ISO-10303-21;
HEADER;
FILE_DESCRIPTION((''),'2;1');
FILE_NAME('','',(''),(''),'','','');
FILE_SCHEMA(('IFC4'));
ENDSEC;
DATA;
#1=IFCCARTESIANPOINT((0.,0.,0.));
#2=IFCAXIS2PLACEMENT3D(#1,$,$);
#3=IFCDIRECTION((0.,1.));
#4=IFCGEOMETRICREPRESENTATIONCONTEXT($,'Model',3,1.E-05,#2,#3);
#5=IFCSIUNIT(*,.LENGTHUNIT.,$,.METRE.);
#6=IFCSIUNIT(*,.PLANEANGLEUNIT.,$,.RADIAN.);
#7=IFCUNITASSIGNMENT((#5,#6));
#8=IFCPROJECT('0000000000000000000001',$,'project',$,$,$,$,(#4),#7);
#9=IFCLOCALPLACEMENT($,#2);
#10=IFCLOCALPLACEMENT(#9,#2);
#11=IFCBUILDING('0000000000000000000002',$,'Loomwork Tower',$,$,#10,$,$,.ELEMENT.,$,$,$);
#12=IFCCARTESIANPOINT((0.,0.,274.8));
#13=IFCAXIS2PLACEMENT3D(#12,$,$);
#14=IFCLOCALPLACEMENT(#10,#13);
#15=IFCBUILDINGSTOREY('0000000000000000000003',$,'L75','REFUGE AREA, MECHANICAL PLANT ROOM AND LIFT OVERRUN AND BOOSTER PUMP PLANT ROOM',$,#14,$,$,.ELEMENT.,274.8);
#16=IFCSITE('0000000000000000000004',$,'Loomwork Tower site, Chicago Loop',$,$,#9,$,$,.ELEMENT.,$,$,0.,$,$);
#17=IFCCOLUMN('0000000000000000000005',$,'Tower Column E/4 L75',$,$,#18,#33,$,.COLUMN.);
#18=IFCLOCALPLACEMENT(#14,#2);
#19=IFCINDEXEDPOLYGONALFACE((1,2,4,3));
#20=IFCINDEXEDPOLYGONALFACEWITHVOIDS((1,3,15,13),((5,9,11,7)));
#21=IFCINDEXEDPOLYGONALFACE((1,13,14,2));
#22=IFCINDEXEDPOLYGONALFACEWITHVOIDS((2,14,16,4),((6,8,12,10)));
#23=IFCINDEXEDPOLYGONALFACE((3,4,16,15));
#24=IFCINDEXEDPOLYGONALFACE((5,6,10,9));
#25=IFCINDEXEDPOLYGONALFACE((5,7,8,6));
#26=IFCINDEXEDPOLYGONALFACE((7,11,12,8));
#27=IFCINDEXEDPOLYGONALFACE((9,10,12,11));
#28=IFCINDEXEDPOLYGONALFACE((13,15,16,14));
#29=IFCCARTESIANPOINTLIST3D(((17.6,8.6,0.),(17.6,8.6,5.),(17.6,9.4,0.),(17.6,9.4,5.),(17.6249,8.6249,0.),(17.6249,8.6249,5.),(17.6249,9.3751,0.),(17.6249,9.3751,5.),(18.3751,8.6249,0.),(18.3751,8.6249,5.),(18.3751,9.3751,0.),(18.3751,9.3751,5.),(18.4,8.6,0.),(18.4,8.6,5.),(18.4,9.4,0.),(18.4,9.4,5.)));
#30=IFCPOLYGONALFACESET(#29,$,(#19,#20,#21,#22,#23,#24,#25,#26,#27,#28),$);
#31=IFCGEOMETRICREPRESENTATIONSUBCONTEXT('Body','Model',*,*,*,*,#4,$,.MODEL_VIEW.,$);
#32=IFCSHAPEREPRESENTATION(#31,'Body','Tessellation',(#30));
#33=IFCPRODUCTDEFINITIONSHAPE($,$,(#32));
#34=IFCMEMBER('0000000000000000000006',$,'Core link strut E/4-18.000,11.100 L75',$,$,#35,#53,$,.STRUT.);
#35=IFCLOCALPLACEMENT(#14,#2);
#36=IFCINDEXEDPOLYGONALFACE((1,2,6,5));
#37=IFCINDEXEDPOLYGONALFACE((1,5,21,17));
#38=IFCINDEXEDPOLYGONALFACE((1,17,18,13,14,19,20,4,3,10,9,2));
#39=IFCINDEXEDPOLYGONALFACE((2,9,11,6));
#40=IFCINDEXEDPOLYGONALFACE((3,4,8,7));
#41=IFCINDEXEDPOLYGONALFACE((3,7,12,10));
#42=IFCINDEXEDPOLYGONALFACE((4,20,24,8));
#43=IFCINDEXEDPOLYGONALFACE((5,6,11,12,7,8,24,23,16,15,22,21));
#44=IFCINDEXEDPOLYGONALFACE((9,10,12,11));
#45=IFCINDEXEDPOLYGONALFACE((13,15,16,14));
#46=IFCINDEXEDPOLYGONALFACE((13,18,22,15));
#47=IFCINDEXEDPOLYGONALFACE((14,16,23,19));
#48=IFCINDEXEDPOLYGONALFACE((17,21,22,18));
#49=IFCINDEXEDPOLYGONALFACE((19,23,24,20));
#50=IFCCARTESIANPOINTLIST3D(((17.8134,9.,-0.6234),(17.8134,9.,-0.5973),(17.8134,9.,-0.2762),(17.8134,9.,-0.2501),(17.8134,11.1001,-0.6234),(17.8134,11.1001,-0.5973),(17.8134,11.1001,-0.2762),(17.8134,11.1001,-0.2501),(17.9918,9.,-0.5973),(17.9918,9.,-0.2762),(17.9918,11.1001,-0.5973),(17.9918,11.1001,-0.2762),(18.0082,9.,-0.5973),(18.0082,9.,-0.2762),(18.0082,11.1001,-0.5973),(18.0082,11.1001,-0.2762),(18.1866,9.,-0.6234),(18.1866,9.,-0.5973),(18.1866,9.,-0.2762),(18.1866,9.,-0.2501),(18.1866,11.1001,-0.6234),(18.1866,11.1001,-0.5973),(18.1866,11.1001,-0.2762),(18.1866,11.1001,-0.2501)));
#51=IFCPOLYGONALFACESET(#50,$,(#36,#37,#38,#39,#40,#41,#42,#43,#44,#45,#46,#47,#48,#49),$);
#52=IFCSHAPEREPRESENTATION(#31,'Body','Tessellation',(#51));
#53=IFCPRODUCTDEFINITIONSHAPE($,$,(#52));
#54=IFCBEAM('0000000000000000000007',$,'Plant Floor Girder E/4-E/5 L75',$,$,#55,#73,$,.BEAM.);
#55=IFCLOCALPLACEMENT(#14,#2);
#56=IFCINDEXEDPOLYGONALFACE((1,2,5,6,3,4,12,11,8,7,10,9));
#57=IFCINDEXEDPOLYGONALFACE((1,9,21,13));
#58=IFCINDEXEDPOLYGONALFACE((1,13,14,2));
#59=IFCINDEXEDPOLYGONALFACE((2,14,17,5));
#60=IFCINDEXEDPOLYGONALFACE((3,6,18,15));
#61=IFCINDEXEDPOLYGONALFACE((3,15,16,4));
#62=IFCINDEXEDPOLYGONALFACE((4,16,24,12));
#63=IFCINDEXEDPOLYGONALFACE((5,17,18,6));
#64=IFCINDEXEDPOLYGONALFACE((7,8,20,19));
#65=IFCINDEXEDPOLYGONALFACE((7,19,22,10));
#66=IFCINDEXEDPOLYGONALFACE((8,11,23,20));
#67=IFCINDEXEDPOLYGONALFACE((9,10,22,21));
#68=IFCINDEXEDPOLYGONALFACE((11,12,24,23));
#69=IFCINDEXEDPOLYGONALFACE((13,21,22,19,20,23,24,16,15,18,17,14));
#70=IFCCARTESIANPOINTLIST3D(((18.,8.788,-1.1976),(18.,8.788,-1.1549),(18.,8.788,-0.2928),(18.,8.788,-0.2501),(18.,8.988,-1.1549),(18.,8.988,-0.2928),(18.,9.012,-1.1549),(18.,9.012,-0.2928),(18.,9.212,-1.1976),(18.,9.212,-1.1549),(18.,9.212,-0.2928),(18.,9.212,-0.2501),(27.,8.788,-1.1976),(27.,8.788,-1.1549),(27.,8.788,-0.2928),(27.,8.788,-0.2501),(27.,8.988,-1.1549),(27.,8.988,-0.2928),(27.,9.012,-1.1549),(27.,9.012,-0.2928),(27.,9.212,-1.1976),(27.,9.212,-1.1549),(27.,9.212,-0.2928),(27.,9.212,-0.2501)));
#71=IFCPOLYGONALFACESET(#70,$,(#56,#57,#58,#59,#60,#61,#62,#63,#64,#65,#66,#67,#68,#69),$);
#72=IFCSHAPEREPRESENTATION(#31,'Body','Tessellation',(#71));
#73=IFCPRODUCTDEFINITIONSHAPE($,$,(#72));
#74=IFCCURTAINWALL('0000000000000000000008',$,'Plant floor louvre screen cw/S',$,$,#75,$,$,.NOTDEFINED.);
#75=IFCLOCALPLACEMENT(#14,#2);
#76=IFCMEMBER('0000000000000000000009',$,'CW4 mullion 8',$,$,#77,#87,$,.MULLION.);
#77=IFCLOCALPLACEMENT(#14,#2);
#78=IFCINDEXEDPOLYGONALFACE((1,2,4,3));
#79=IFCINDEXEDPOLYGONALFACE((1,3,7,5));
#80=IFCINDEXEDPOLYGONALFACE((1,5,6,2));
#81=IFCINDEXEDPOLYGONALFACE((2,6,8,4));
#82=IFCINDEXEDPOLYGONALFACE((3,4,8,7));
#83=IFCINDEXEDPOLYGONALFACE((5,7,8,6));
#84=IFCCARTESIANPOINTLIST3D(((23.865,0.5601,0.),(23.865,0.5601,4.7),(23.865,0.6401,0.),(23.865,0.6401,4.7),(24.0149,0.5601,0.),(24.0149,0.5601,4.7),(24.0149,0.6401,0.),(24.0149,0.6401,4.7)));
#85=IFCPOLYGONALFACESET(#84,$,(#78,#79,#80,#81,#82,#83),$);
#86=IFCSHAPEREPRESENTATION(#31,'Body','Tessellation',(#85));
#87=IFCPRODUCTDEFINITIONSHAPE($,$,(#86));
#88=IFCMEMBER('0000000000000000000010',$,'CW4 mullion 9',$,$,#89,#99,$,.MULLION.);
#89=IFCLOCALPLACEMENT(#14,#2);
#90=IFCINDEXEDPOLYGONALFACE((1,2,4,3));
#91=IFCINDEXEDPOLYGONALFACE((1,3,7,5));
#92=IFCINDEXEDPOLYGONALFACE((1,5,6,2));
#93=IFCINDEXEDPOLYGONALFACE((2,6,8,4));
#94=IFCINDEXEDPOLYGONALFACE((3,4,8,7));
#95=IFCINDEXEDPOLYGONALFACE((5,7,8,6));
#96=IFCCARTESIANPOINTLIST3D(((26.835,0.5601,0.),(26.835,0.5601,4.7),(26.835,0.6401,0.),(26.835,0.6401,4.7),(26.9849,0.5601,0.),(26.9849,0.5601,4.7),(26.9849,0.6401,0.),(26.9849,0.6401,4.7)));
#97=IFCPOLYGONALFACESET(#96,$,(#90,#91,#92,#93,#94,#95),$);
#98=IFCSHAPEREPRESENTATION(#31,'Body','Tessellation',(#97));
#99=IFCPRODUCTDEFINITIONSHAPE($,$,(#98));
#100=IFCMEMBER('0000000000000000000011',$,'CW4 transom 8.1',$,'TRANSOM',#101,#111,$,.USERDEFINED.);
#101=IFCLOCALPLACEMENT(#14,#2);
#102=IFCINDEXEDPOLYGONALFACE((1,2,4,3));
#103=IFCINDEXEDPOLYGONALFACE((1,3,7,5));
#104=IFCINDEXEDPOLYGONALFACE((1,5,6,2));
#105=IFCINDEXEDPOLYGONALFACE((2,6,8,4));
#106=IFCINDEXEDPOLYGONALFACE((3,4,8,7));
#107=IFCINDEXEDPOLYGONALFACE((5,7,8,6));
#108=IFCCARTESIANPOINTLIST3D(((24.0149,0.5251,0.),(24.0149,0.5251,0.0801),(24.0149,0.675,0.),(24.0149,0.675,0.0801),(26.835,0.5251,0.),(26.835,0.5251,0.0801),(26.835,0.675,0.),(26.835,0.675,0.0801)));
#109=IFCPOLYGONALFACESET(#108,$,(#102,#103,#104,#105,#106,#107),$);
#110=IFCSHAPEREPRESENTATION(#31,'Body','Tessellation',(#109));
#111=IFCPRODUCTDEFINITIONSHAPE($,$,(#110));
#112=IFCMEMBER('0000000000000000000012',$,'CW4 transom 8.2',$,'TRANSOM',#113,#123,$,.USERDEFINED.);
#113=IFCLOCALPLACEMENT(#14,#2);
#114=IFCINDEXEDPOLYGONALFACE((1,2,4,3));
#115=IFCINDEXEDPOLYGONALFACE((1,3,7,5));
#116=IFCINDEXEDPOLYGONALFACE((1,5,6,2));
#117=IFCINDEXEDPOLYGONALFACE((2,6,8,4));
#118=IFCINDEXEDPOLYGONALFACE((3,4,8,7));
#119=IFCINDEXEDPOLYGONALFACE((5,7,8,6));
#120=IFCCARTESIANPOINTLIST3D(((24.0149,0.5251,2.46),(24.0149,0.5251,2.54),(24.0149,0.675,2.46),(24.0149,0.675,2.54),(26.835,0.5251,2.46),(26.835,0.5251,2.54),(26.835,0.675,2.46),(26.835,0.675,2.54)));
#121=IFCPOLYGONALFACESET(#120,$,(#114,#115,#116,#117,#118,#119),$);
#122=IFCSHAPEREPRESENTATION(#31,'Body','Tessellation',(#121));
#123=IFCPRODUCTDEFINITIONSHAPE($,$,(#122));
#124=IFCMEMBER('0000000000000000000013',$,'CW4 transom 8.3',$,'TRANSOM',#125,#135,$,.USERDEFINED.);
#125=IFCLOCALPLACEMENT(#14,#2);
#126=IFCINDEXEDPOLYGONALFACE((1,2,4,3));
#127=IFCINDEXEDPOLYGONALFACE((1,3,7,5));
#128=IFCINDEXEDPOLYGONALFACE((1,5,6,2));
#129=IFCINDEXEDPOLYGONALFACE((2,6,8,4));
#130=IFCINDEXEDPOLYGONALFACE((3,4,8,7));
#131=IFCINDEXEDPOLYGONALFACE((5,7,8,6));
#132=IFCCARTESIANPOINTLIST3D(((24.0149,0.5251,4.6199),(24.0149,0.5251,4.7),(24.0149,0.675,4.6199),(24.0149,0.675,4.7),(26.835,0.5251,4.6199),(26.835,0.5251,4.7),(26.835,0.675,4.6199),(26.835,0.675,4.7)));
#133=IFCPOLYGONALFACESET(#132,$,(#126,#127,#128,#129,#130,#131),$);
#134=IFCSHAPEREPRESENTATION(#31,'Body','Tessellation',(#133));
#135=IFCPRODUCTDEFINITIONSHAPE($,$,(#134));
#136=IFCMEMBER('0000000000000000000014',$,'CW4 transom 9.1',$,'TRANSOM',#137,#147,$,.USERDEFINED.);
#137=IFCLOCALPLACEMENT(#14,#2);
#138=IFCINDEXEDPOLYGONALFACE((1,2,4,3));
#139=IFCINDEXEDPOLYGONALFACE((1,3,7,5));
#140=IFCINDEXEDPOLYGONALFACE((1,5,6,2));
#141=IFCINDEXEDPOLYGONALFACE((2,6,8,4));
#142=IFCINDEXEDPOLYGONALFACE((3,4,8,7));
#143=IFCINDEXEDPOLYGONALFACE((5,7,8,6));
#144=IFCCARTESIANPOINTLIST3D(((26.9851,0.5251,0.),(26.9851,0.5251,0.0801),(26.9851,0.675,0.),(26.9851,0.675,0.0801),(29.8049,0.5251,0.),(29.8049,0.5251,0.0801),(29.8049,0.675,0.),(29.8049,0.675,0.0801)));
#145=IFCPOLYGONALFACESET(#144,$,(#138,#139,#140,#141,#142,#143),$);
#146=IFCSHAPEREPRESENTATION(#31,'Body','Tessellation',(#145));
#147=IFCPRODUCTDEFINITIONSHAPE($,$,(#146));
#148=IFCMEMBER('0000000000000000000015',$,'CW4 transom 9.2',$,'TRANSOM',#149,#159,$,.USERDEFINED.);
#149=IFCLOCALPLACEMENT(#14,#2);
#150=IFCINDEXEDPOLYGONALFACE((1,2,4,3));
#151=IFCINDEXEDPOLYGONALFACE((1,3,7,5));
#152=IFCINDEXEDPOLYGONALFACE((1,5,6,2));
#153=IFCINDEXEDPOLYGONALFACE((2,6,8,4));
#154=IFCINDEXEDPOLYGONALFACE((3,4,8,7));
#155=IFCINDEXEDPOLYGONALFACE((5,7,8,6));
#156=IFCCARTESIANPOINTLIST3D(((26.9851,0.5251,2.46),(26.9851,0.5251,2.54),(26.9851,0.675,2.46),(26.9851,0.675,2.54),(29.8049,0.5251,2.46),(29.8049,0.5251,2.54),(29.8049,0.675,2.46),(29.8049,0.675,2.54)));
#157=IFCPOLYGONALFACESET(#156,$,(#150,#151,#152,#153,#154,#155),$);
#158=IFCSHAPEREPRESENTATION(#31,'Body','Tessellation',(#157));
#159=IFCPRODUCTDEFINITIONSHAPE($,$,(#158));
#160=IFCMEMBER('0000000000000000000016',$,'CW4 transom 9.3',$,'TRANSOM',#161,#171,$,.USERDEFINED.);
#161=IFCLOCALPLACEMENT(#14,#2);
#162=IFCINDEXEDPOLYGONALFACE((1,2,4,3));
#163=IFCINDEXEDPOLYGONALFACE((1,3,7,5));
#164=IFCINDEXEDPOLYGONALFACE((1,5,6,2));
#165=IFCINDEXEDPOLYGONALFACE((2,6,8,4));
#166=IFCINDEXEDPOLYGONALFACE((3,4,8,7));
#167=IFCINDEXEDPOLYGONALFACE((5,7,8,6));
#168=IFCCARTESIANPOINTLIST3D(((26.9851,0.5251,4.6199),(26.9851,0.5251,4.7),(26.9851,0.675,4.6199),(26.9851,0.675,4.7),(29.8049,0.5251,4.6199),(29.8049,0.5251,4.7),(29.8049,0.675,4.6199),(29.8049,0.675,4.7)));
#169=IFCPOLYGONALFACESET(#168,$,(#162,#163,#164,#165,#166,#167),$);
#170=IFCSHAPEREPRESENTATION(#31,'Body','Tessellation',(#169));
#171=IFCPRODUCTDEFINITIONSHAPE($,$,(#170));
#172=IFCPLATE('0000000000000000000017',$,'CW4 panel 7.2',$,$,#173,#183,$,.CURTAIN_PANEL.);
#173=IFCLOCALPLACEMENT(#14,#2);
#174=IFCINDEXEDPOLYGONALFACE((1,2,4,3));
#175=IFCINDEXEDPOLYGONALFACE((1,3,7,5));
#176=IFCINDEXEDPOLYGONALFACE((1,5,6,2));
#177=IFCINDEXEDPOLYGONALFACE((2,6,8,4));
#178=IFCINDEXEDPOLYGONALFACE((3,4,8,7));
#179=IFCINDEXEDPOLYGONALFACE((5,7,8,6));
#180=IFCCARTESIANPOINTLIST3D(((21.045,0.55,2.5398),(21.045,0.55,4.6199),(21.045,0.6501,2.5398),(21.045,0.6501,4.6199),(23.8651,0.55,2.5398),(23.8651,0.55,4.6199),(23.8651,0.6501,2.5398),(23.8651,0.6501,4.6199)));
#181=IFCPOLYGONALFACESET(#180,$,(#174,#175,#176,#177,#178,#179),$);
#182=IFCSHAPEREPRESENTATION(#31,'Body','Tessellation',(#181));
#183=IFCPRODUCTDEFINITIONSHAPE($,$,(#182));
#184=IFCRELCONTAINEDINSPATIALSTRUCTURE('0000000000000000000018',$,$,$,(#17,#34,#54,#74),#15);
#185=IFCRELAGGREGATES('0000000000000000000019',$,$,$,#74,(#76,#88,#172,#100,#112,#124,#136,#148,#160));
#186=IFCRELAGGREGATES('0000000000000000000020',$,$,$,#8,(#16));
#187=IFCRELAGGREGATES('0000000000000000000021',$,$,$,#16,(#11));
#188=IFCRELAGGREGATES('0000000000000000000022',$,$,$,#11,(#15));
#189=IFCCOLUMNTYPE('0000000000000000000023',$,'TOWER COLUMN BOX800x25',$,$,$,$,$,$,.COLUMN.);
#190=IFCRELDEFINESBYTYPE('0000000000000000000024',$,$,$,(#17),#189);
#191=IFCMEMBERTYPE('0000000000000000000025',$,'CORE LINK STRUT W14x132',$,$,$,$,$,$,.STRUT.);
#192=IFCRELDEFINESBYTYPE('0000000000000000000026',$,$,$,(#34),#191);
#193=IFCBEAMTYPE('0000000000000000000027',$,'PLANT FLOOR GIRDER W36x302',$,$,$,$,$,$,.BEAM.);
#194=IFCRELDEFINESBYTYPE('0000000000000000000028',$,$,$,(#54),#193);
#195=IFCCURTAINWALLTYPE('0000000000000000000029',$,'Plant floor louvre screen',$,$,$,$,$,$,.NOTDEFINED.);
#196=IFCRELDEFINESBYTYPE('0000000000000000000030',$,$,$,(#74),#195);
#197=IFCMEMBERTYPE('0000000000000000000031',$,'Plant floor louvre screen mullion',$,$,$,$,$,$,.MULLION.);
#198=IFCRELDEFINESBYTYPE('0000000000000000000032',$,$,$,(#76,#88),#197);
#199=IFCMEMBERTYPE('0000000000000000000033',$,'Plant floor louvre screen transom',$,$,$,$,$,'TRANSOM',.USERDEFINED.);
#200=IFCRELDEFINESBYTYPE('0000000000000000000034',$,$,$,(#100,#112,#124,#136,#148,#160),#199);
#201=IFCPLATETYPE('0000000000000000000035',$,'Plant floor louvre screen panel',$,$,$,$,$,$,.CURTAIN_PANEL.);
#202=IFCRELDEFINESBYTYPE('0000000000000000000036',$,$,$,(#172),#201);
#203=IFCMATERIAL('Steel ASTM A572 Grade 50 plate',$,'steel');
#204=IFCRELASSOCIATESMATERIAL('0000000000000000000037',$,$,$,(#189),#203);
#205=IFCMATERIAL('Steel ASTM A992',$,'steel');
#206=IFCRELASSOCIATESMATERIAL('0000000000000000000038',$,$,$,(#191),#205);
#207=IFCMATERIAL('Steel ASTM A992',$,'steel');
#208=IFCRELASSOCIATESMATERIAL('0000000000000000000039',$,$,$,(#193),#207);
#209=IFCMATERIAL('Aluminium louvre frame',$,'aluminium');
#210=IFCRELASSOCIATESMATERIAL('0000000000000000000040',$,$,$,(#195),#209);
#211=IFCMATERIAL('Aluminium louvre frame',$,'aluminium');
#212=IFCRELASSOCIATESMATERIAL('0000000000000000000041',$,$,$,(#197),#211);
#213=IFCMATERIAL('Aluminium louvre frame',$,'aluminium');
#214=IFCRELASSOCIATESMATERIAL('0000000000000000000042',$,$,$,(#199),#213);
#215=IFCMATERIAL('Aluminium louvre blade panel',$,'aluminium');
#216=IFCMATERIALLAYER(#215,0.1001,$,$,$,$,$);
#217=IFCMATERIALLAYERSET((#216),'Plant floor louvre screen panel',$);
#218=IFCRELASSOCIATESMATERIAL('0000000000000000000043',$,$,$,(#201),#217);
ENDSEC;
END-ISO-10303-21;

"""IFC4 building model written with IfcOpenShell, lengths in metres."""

from ifc_helpers import new_model, si_unit, direction, frame, origin, origin_2d, place, context, subcontext, project, spatial, rectangle, hollow_rectangle, i_section, extrude, material, layer, layer_set, material_profile, profile_set, type_object, element, aggregate, save


model = new_model("IFC4")

# Units and contexts
model_context = context("Model", 3, precision=1e-05, world=origin(), true_north=direction((0.0, 1.0)))
body_context = subcontext(model_context, "Body", "Model", "MODEL_VIEW")
ifc_project = project(units=[si_unit("LENGTHUNIT", "METRE"), si_unit("PLANEANGLEUNIT", "RADIAN")], contexts=[model_context])

# Site, building, storey
site_placement = place(None, origin())
site = spatial("IfcSite", under=ifc_project, at=site_placement, Name="Loomwork Tower site, Chicago Loop", CompositionType="ELEMENT", RefElevation=0.0)
building_placement = place(site_placement, origin())
building = spatial("IfcBuilding", under=site, at=building_placement, Name="Loomwork Tower", CompositionType="ELEMENT")
storey_placement = place(building_placement, frame((0.0, 0.0, 274.8)))
storey = spatial("IfcBuildingStorey", under=building, at=storey_placement, Name="L75", Description="REFUGE AREA, MECHANICAL PLANT ROOM AND LIFT OVERRUN AND BOOSTER PUMP PLANT ROOM", CompositionType="ELEMENT", Elevation=274.8)

# Column
ifc_material_1 = material(Name="Steel ASTM A572 Grade 50 plate", Category="steel")
ifc_material_profile_1 = material_profile(ifc_material_1, hollow_rectangle(XDim=0.8, YDim=0.8, WallThickness=0.0249, at=origin_2d()), Name="BOX800x25")
ifc_profile_set_1 = profile_set([ifc_material_profile_1], Name="Steel ASTM A572 Grade 50 plate")
column_type = type_object("IfcColumnType", Name="TOWER COLUMN BOX800x25", PredefinedType="COLUMN", material=ifc_profile_set_1)
column_placement = place(storey_placement, frame((18.0, 9.0, 0.0), z_axis=(0.0, 0.0, 1.0), x_axis=(1.0, 0.0, 0.0)))
element("IfcColumn", 1, at=column_placement, inside=storey, type_object=column_type, Name="Tower Column E/4 L75", PredefinedType="COLUMN", context=body_context, shape_type="SweptSolid", body=[
    extrude(hollow_rectangle(XDim=0.8, YDim=0.8, WallThickness=0.0249, at=origin_2d()), origin(), (0.0, 0.0, 1.0), 5.0),
])

# Member
ifc_material_2 = material(Name="Steel ASTM A992", Category="steel")
ifc_material_profile_2 = material_profile(ifc_material_2, i_section(OverallWidth=0.3733, OverallDepth=0.3733, WebThickness=0.0164, FlangeThickness=0.0261, at=origin_2d()), Name="W14x132")
ifc_profile_set_2 = profile_set([ifc_material_profile_2], Name="Steel ASTM A992")
member_type_1 = type_object("IfcMemberType", Name="CORE LINK STRUT W14x132", PredefinedType="STRUT", material=ifc_profile_set_2)
member_1_placement = place(storey_placement, frame((18.0, 9.0, -0.4368), z_axis=(0.0, 1.0, 0.0), x_axis=(-1.0, 0.0, 0.0)))
element("IfcMember", 2, at=member_1_placement, inside=storey, type_object=member_type_1, Name="Core link strut E/4-18.000,11.100 L75", PredefinedType="STRUT", context=body_context, shape_type="SweptSolid", body=[
    extrude(i_section(OverallWidth=0.3733, OverallDepth=0.3733, WebThickness=0.0164, FlangeThickness=0.0261, at=origin_2d()), origin(), (0.0, 0.0, 1.0), 2.1001),
])

# Beam
ifc_material_3 = material(Name="Steel ASTM A992", Category="steel")
ifc_material_profile_3 = material_profile(ifc_material_3, i_section(OverallWidth=0.4241, OverallDepth=0.9475, WebThickness=0.0239, FlangeThickness=0.0427, at=origin_2d()), Name="W36x302")
ifc_profile_set_3 = profile_set([ifc_material_profile_3], Name="Steel ASTM A992")
beam_type = type_object("IfcBeamType", Name="PLANT FLOOR GIRDER W36x302", PredefinedType="BEAM", material=ifc_profile_set_3)
beam_placement = place(storey_placement, frame((18.0, 9.0, -0.7239), z_axis=(1.0, 0.0, 0.0), x_axis=(0.0, 1.0, 0.0)))
element("IfcBeam", 3, at=beam_placement, inside=storey, type_object=beam_type, Name="Plant Floor Girder E/4-E/5 L75", PredefinedType="BEAM", context=body_context, shape_type="SweptSolid", body=[
    extrude(i_section(OverallWidth=0.4241, OverallDepth=0.9475, WebThickness=0.0239, FlangeThickness=0.0427, at=origin_2d()), origin(), (0.0, 0.0, 1.0), 9.0),
])

# Curtain wall, members, plate
ifc_material_4 = material(Name="Aluminium louvre frame", Category="aluminium")
curtain_wall_type = type_object("IfcCurtainWallType", Name="Plant floor louvre screen", PredefinedType="NOTDEFINED", material=ifc_material_4)
curtain_wall_placement = place(storey_placement, origin())
curtain_wall = element("IfcCurtainWall", 4, at=curtain_wall_placement, inside=storey, type_object=curtain_wall_type, Name="Plant floor louvre screen cw/S", PredefinedType="NOTDEFINED")
ifc_material_5 = material(Name="Aluminium louvre frame", Category="aluminium")
ifc_material_profile_4 = material_profile(ifc_material_5, rectangle(XDim=0.0801, YDim=0.1499, at=origin_2d()), Name="AL 80x150")
ifc_profile_set_4 = profile_set([ifc_material_profile_4], Name="Aluminium louvre frame")
member_type_2 = type_object("IfcMemberType", Name="Plant floor louvre screen mullion", PredefinedType="MULLION", material=ifc_profile_set_4)
member_2_placement = place(storey_placement, frame((23.9399, 0.6001, 0.0), z_axis=(0.0, 0.0, 1.0), x_axis=(0.0, 1.0, 0.0)))
member_2 = element("IfcMember", 5, at=member_2_placement, type_object=member_type_2, Name="CW4 mullion 8", PredefinedType="MULLION", context=body_context, shape_type="SweptSolid", body=[
    extrude(rectangle(XDim=0.0801, YDim=0.1499, at=origin_2d()), origin(), (0.0, 0.0, 1.0), 4.7),
])
member_3_placement = place(storey_placement, frame((26.9099, 0.6001, 0.0), z_axis=(0.0, 0.0, 1.0), x_axis=(0.0, 1.0, 0.0)))
member_3 = element("IfcMember", 6, at=member_3_placement, type_object=member_type_2, Name="CW4 mullion 9", PredefinedType="MULLION", context=body_context, shape_type="SweptSolid", body=[
    extrude(rectangle(XDim=0.0801, YDim=0.1499, at=origin_2d()), origin(), (0.0, 0.0, 1.0), 4.7),
])
ifc_material_6 = material(Name="Aluminium louvre frame", Category="aluminium")
ifc_material_profile_5 = material_profile(ifc_material_6, rectangle(XDim=0.1499, YDim=0.0801, at=origin_2d()), Name="AL 80x150")
ifc_profile_set_5 = profile_set([ifc_material_profile_5], Name="Aluminium louvre frame")
member_type_3 = type_object("IfcMemberType", Name="Plant floor louvre screen transom", ElementType="TRANSOM", PredefinedType="USERDEFINED", material=ifc_profile_set_5)
member_4_placement = place(storey_placement, frame((24.0149, 0.6001, 0.04), z_axis=(1.0, 0.0, 0.0), x_axis=(0.0, 1.0, 0.0)))
member_4 = element("IfcMember", 7, at=member_4_placement, type_object=member_type_3, Name="CW4 transom 8.1", ObjectType="TRANSOM", PredefinedType="USERDEFINED", context=body_context, shape_type="SweptSolid", body=[
    extrude(rectangle(XDim=0.1499, YDim=0.0801, at=origin_2d()), origin(), (0.0, 0.0, 1.0), 2.8201),
])
member_5_placement = place(storey_placement, frame((24.0149, 0.6001, 2.5), z_axis=(1.0, 0.0, 0.0), x_axis=(0.0, 1.0, 0.0)))
member_5 = element("IfcMember", 8, at=member_5_placement, type_object=member_type_3, Name="CW4 transom 8.2", ObjectType="TRANSOM", PredefinedType="USERDEFINED", context=body_context, shape_type="SweptSolid", body=[
    extrude(rectangle(XDim=0.1499, YDim=0.0801, at=origin_2d()), origin(), (0.0, 0.0, 1.0), 2.8201),
])
member_6_placement = place(storey_placement, frame((24.0149, 0.6001, 4.6599), z_axis=(1.0, 0.0, 0.0), x_axis=(0.0, 1.0, 0.0)))
member_6 = element("IfcMember", 9, at=member_6_placement, type_object=member_type_3, Name="CW4 transom 8.3", ObjectType="TRANSOM", PredefinedType="USERDEFINED", context=body_context, shape_type="SweptSolid", body=[
    extrude(rectangle(XDim=0.1499, YDim=0.0801, at=origin_2d()), origin(), (0.0, 0.0, 1.0), 2.8201),
])
member_7_placement = place(storey_placement, frame((26.9851, 0.6001, 0.04), z_axis=(1.0, 0.0, 0.0), x_axis=(0.0, 1.0, 0.0)))
member_7 = element("IfcMember", 10, at=member_7_placement, type_object=member_type_3, Name="CW4 transom 9.1", ObjectType="TRANSOM", PredefinedType="USERDEFINED", context=body_context, shape_type="SweptSolid", body=[
    extrude(rectangle(XDim=0.1499, YDim=0.0801, at=origin_2d()), origin(), (0.0, 0.0, 1.0), 2.8198),
])
member_8_placement = place(storey_placement, frame((26.9851, 0.6001, 2.5), z_axis=(1.0, 0.0, 0.0), x_axis=(0.0, 1.0, 0.0)))
member_8 = element("IfcMember", 11, at=member_8_placement, type_object=member_type_3, Name="CW4 transom 9.2", ObjectType="TRANSOM", PredefinedType="USERDEFINED", context=body_context, shape_type="SweptSolid", body=[
    extrude(rectangle(XDim=0.1499, YDim=0.0801, at=origin_2d()), origin(), (0.0, 0.0, 1.0), 2.8198),
])
member_9_placement = place(storey_placement, frame((26.9851, 0.6001, 4.6599), z_axis=(1.0, 0.0, 0.0), x_axis=(0.0, 1.0, 0.0)))
member_9 = element("IfcMember", 12, at=member_9_placement, type_object=member_type_3, Name="CW4 transom 9.3", ObjectType="TRANSOM", PredefinedType="USERDEFINED", context=body_context, shape_type="SweptSolid", body=[
    extrude(rectangle(XDim=0.1499, YDim=0.0801, at=origin_2d()), origin(), (0.0, 0.0, 1.0), 2.8198),
])
ifc_material_7 = material(Name="Aluminium louvre blade panel", Category="aluminium")
ifc_layer_1 = layer(ifc_material_7, 0.1001)
ifc_layer_set_1 = layer_set([ifc_layer_1], Name="Plant floor louvre screen panel")
plate_type = type_object("IfcPlateType", Name="Plant floor louvre screen panel", PredefinedType="CURTAIN_PANEL", material=ifc_layer_set_1)
plate_1_placement = place(storey_placement, frame((22.4551, 0.6001, 2.5398), z_axis=(0.0, 0.0, 1.0), x_axis=(1.0, 0.0, 0.0)))
plate_1 = element("IfcPlate", 13, at=plate_1_placement, type_object=plate_type, Name="CW4 panel 7.2", PredefinedType="CURTAIN_PANEL", context=body_context, shape_type="SweptSolid", body=[
    extrude(rectangle(XDim=2.8201, YDim=0.1001, at=origin_2d()), origin(), (0.0, 0.0, 1.0), 2.0801),
])
aggregate(curtain_wall, [member_2, member_3, plate_1, member_4, member_5, member_6, member_7, member_8, member_9])

save(model, "model.ifc")
